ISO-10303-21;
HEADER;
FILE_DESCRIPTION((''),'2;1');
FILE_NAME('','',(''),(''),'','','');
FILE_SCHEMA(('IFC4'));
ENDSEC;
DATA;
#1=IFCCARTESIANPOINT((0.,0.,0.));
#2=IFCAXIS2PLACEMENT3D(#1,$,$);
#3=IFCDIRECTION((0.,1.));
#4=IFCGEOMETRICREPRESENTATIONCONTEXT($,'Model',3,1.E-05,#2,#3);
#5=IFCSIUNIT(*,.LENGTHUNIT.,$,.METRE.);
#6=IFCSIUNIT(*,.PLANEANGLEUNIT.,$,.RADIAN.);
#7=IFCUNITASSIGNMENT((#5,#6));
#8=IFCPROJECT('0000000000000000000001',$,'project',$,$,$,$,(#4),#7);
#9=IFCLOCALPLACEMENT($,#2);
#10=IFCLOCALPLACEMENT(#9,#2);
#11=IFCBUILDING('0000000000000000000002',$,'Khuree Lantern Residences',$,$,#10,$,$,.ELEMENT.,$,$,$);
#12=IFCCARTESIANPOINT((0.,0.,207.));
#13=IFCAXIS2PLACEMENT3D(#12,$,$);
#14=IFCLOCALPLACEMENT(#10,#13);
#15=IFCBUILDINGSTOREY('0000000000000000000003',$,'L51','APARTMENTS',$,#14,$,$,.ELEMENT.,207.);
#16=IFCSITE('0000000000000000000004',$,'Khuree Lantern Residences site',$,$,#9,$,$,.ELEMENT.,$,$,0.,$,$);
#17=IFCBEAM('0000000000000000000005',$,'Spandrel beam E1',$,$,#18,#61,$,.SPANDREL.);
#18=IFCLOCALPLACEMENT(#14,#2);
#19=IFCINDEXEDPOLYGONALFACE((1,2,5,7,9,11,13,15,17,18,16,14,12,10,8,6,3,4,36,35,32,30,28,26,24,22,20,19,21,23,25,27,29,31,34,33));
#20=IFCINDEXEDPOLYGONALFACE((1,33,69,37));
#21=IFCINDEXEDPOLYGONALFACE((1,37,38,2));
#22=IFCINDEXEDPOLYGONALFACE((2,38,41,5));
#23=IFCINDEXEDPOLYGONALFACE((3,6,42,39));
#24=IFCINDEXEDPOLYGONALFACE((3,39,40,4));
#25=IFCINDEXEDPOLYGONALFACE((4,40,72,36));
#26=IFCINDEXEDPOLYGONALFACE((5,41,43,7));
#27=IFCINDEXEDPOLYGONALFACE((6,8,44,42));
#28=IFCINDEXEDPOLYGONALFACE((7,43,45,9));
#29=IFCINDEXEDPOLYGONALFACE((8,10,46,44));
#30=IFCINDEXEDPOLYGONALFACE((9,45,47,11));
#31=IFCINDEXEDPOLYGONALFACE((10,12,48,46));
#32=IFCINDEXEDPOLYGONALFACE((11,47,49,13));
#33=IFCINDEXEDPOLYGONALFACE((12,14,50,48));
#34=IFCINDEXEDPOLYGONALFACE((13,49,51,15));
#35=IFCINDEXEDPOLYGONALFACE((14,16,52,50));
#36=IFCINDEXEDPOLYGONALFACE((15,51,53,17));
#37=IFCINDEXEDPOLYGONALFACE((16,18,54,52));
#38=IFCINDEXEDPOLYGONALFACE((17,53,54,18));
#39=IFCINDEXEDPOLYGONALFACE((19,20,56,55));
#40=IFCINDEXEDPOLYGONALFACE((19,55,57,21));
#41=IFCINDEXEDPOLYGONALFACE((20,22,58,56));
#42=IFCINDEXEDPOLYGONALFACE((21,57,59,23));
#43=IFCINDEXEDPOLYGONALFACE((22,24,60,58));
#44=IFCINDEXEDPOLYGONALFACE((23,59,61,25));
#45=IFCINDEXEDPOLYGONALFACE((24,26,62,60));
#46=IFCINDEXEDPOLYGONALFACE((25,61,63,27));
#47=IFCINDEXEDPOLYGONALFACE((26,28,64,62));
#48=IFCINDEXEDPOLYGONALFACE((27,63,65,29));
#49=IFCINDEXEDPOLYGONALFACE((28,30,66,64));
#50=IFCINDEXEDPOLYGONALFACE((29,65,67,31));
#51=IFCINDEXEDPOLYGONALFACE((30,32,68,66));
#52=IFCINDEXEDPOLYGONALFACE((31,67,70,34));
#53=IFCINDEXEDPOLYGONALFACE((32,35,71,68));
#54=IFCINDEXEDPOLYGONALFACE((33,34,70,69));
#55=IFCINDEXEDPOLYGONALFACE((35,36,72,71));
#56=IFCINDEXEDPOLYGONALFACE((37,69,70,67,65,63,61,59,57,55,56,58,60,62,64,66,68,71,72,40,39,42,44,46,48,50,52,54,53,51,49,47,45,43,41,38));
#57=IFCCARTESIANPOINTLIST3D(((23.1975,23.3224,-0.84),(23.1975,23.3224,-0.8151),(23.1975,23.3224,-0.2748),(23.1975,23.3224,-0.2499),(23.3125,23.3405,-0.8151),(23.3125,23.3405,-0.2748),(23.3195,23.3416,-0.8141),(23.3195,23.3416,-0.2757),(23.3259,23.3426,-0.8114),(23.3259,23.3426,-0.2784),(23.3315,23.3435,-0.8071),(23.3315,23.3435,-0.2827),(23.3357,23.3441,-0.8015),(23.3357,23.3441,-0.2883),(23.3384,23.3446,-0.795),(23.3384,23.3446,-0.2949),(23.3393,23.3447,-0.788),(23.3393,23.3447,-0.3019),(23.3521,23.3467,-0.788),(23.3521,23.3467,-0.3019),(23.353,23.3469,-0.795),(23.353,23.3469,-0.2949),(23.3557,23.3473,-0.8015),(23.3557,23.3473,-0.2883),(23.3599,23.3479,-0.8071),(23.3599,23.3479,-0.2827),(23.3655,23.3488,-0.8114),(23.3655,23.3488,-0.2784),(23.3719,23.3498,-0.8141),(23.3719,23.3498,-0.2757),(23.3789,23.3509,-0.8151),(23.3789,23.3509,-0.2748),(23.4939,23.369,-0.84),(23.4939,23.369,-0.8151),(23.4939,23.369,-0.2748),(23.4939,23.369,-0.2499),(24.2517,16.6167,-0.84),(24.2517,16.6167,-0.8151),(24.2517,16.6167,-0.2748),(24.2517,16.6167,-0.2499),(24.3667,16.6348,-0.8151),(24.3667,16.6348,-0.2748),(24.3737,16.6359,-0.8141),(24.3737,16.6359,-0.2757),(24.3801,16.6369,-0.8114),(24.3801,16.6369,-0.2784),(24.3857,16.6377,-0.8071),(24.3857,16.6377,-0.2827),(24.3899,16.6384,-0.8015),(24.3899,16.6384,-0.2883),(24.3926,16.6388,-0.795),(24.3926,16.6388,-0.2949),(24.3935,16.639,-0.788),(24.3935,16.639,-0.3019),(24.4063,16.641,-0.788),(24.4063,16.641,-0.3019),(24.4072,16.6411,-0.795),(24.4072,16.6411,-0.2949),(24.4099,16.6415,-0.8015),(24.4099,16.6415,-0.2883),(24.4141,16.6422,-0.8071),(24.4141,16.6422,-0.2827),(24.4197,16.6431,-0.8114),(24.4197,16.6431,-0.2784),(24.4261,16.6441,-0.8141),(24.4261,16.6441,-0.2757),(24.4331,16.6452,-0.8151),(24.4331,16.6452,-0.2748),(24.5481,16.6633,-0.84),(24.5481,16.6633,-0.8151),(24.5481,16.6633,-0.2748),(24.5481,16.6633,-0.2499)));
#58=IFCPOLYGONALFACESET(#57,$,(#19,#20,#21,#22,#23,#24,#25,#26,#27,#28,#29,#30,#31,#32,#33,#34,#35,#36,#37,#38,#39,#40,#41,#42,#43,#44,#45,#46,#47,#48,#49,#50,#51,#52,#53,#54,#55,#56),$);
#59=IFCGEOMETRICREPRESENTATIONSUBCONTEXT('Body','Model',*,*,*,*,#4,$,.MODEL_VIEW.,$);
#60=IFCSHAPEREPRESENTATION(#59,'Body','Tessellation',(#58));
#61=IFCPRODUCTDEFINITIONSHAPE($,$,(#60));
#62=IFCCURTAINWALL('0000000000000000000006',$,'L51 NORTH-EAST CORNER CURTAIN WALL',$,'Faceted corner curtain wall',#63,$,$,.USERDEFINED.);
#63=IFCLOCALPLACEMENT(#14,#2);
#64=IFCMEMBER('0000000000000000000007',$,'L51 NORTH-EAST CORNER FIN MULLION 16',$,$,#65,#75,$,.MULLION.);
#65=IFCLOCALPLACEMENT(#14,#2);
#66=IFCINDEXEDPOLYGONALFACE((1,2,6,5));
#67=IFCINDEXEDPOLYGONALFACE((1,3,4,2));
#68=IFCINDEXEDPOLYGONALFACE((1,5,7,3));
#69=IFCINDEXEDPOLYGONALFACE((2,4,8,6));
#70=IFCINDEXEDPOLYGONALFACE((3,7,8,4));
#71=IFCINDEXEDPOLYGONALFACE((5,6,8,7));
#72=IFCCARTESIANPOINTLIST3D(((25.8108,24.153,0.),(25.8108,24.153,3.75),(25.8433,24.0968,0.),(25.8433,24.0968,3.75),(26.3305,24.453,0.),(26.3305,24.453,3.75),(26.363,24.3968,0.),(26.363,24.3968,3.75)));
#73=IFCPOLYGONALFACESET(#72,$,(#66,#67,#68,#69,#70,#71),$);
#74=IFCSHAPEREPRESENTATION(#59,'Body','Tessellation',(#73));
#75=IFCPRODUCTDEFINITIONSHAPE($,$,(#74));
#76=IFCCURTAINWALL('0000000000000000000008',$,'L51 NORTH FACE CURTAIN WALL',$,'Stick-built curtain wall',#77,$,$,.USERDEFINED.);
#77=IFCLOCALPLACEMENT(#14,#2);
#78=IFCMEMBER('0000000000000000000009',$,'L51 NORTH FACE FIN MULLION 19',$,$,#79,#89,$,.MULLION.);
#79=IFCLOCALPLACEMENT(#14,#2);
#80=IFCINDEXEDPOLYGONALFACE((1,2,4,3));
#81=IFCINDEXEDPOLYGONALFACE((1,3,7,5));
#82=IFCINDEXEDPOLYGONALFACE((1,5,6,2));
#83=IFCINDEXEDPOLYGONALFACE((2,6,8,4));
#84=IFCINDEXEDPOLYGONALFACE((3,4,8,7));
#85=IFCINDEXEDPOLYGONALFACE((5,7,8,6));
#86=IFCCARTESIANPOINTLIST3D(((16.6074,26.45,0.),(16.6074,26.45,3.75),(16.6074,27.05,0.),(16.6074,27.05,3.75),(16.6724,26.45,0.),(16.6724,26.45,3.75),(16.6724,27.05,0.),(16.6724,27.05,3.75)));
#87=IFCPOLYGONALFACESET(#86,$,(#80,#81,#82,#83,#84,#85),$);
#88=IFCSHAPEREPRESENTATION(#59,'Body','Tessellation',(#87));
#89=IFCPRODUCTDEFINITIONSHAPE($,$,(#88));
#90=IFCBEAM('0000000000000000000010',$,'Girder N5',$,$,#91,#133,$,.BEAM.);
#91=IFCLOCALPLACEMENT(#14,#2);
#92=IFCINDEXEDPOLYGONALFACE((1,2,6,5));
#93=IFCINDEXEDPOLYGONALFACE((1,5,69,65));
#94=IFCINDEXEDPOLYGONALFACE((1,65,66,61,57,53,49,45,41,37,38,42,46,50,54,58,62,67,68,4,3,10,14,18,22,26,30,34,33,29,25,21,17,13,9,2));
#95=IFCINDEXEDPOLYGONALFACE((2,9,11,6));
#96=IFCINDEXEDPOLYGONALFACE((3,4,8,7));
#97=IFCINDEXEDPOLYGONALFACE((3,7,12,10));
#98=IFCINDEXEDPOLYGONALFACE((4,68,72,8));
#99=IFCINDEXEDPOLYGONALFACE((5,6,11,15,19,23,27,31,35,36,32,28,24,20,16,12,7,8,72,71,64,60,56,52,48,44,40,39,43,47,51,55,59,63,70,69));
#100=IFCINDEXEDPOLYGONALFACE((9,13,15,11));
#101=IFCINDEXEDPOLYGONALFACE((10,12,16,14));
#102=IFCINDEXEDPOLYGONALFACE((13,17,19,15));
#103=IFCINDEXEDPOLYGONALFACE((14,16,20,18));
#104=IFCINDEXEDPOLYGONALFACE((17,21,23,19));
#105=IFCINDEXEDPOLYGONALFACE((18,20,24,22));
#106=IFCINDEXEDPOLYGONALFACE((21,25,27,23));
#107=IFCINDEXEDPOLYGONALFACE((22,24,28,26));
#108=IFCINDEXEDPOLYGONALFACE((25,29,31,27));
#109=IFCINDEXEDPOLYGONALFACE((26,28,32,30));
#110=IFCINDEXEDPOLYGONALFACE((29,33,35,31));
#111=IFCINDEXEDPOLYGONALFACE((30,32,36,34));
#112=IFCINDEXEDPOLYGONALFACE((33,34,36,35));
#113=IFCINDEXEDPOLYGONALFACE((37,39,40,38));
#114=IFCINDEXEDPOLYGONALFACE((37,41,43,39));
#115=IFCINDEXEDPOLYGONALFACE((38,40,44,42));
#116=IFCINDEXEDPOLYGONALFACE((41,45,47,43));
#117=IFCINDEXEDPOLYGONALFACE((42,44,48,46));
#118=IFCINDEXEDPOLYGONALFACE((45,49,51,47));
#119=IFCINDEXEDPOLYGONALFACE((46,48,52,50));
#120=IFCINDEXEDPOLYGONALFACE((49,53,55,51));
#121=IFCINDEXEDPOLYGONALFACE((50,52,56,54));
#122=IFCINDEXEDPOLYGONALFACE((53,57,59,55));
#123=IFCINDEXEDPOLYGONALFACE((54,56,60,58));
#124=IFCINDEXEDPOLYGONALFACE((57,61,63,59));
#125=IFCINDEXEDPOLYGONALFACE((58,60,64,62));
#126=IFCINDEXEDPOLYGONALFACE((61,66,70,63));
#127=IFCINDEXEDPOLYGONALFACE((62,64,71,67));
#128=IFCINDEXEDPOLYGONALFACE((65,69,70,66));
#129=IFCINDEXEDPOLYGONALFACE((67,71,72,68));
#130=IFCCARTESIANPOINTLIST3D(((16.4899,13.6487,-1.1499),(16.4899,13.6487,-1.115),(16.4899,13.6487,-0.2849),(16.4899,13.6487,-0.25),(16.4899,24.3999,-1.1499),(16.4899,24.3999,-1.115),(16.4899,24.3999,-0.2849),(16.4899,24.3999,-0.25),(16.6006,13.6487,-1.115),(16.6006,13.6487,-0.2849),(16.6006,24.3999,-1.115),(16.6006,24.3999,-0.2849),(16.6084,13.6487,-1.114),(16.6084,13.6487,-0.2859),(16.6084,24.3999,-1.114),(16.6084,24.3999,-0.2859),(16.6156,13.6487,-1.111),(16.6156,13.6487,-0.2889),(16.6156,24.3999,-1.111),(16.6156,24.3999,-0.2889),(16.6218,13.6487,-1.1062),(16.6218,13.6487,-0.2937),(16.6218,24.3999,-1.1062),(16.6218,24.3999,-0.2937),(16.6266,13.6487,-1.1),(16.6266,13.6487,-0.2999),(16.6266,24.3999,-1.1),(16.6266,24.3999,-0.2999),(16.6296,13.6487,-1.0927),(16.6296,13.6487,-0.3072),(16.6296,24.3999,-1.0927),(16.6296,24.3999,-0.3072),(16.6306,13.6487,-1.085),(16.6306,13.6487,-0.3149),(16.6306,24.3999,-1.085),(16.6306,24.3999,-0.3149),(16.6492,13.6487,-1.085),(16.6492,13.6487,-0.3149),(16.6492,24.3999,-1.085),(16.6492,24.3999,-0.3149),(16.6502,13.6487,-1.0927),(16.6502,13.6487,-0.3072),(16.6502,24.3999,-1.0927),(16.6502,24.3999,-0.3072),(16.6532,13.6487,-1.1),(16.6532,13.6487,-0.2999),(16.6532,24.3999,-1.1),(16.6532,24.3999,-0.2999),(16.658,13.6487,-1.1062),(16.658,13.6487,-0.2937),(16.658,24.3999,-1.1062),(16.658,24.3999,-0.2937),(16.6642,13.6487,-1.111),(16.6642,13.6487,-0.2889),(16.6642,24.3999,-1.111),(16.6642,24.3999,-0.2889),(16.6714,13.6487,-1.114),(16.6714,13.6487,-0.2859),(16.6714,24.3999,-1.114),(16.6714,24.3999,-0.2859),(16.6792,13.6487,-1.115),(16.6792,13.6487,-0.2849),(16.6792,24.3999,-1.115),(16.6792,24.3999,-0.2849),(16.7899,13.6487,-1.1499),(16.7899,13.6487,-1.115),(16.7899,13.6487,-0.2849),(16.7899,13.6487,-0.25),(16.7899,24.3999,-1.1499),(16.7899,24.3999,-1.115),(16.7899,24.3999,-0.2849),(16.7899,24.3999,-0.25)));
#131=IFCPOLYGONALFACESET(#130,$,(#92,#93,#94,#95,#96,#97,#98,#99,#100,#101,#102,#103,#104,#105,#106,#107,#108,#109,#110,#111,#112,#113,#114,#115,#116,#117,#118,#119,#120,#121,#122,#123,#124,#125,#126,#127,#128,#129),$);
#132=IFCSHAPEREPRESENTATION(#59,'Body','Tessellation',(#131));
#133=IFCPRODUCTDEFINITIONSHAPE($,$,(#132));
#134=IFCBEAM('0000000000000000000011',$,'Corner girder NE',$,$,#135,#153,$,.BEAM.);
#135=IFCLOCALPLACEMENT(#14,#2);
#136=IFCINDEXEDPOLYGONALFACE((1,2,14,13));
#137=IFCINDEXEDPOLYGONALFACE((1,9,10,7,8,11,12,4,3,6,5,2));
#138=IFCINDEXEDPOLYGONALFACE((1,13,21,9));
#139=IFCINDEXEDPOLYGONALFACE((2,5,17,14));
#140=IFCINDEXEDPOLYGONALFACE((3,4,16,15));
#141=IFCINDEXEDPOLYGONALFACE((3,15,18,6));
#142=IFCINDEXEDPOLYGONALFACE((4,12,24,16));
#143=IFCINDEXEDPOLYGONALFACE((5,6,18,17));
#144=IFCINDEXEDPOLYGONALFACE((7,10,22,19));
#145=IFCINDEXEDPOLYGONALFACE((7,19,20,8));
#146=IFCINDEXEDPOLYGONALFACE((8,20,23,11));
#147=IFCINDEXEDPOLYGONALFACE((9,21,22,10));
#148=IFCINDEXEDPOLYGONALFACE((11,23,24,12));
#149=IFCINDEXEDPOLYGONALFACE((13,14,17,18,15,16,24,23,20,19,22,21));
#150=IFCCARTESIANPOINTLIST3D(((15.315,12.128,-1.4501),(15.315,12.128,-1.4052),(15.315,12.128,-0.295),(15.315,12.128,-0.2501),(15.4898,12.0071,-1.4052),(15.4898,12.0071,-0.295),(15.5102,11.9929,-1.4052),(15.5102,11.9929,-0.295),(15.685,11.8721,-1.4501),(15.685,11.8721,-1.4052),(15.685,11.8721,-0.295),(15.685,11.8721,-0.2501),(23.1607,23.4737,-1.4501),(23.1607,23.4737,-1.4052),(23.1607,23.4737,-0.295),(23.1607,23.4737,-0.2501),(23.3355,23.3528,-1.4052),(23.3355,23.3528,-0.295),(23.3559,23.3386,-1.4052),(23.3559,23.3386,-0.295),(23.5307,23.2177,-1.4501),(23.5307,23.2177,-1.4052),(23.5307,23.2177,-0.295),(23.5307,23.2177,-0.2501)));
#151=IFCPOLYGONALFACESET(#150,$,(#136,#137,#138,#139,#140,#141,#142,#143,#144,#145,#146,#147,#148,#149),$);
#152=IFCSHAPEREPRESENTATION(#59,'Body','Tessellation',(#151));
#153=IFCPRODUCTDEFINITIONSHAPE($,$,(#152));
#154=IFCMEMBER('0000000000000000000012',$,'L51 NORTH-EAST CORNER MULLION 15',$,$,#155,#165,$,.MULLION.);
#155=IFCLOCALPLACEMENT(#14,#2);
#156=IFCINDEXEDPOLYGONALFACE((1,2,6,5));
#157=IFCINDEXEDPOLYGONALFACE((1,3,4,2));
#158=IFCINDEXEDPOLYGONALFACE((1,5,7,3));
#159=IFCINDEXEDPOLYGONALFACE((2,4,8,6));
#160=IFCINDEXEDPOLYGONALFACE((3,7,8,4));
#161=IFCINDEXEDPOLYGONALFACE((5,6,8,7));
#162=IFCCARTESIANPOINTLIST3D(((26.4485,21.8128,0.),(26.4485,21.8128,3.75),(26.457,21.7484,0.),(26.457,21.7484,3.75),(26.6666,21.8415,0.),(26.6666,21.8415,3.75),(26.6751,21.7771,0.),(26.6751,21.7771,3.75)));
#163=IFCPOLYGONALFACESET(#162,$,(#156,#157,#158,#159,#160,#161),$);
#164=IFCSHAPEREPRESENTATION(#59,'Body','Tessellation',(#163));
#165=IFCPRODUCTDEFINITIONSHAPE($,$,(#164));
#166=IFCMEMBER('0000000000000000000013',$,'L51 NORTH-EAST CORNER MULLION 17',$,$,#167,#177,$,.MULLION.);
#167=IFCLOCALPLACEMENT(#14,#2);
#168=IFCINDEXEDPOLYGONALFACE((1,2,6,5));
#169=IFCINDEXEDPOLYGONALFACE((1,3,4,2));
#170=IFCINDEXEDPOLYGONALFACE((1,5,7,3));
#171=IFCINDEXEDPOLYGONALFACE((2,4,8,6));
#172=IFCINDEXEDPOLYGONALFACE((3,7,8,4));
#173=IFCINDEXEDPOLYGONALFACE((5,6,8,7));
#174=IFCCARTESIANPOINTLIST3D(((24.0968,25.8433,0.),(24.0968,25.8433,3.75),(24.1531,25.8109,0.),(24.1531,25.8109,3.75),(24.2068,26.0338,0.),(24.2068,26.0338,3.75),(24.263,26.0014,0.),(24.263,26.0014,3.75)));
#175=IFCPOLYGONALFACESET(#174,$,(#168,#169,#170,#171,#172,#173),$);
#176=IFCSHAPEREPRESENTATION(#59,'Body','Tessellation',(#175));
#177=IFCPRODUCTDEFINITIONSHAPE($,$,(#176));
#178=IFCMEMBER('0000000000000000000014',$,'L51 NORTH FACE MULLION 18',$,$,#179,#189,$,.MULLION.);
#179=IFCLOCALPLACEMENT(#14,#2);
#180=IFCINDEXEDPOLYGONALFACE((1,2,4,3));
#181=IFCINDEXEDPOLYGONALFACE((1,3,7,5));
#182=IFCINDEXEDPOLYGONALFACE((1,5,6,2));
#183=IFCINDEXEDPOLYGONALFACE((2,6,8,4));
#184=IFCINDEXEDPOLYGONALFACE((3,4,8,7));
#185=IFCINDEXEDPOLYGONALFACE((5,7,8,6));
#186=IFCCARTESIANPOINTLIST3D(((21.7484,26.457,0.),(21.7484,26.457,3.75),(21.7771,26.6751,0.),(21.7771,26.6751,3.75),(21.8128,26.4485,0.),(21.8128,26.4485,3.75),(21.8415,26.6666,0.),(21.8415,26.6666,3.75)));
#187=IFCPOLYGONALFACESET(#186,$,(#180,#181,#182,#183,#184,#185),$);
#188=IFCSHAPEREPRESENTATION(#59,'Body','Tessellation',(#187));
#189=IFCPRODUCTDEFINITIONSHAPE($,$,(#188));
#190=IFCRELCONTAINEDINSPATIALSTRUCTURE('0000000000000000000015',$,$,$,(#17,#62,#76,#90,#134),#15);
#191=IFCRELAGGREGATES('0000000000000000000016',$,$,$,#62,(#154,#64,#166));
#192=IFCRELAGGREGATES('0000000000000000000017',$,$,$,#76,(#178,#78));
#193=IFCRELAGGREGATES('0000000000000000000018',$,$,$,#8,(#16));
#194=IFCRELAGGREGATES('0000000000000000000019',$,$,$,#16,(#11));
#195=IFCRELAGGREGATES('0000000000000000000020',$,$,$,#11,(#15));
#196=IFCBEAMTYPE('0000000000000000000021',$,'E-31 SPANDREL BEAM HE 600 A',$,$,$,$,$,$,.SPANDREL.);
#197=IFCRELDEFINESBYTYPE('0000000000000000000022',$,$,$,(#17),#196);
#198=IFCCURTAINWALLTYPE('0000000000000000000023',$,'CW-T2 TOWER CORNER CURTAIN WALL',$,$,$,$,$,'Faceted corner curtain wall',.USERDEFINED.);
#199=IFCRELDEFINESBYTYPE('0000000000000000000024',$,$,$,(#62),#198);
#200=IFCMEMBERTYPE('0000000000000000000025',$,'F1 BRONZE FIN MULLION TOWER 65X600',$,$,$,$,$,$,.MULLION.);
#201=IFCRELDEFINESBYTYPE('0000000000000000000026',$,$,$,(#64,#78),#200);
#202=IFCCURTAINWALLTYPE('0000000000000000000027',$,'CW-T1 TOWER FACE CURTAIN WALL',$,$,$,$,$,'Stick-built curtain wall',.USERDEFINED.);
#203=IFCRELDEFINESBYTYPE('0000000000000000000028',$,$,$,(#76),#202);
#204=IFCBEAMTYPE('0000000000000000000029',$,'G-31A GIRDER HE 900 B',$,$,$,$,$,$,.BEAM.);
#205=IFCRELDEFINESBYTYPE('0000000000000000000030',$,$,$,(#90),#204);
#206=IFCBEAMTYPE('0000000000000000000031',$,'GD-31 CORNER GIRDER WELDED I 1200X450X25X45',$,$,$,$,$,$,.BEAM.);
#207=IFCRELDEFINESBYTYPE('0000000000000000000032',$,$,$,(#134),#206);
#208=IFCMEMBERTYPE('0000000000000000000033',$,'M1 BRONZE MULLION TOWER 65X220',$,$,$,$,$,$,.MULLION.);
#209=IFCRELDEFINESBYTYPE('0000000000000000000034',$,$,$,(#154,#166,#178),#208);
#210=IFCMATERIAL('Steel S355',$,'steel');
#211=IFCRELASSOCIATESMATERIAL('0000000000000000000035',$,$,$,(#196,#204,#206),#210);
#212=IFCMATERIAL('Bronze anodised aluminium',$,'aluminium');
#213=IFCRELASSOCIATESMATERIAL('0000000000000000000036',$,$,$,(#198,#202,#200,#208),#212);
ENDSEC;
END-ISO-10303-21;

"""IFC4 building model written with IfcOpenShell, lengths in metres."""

from ifc_helpers import new_model, si_unit, direction, frame, origin, origin_2d, place, context, subcontext, project, spatial, rectangle, i_section, extrude, material, material_profile, profile_set, type_object, element, aggregate, save


model = new_model("IFC4")

# Units and contexts
model_context = context("Model", 3, precision=1e-05, world=origin(), true_north=direction((0.0, 1.0)))
body_context = subcontext(model_context, "Body", "Model", "MODEL_VIEW")
ifc_project = project(units=[si_unit("LENGTHUNIT", "METRE"), si_unit("PLANEANGLEUNIT", "RADIAN")], contexts=[model_context])

# Site, building, storey
site_placement = place(None, origin())
site = spatial("IfcSite", under=ifc_project, at=site_placement, Name="Khuree Lantern Residences site", CompositionType="ELEMENT", RefElevation=0.0)
building_placement = place(site_placement, origin())
building = spatial("IfcBuilding", under=site, at=building_placement, Name="Khuree Lantern Residences", CompositionType="ELEMENT")
storey_placement = place(building_placement, frame((0.0, 0.0, 207.0)))
storey = spatial("IfcBuildingStorey", under=building, at=storey_placement, Name="L51", Description="APARTMENTS", CompositionType="ELEMENT", Elevation=207.0)

# Beam
ifc_material_1 = material(Name="Steel S355", Category="steel")
ifc_material_profile_1 = material_profile(ifc_material_1, i_section(OverallWidth=0.3, OverallDepth=0.5901, WebThickness=0.0129, FlangeThickness=0.0249, FilletRadius=0.0271, at=origin_2d()), Name="HE 600 A")
ifc_profile_set_1 = profile_set([ifc_material_profile_1], Name="Steel S355")
beam_type_1 = type_object("IfcBeamType", Name="E-31 SPANDREL BEAM HE 600 A", PredefinedType="SPANDREL", material=ifc_profile_set_1)
for number, where, z_axis, x_axis, name in (
    (1, (23.3457, 23.3457, -0.5449), (0.1553, -0.987867, 0.0), (0.987867, 0.1553, 0.0), "Spandrel beam E1"),
):
    element("IfcBeam", number, at=place(storey_placement, frame(where, z_axis=z_axis, x_axis=x_axis)), inside=storey, type_object=beam_type_1, Name=name, PredefinedType="SPANDREL", context=body_context, shape_type="SweptSolid", body=[
        extrude(i_section(OverallWidth=0.3, OverallDepth=0.5901, WebThickness=0.0129, FlangeThickness=0.0249, FilletRadius=0.0271, at=origin_2d()), origin(), (0.0, 0.0, 1.0), 6.7881),
    ])

# Curtain walls, members
ifc_material_2 = material(Name="Bronze anodised aluminium", Category="aluminium")
curtain_wall_type_1 = type_object("IfcCurtainWallType", Name="CW-T2 TOWER CORNER CURTAIN WALL", ElementType="Faceted corner curtain wall", PredefinedType="USERDEFINED", material=ifc_material_2)
curtain_wall_1_placement = place(storey_placement, origin())
curtain_wall_1 = element("IfcCurtainWall", 2, at=curtain_wall_1_placement, inside=storey, type_object=curtain_wall_type_1, Name="L51 NORTH-EAST CORNER CURTAIN WALL", ObjectType="Faceted corner curtain wall", PredefinedType="USERDEFINED")
ifc_material_profile_2 = material_profile(ifc_material_2, rectangle(XDim=0.0649, YDim=0.6001, at=origin_2d()), Name="F1 65X600")
ifc_profile_set_2 = profile_set([ifc_material_profile_2], Name="Bronze anodised aluminium")
member_type_1 = type_object("IfcMemberType", Name="F1 BRONZE FIN MULLION TOWER 65X600", PredefinedType="MULLION", material=ifc_profile_set_2)
member_1_placement = place(storey_placement, frame((26.0869, 24.2749, 0.0), z_axis=(0.0, 0.0, 1.0), x_axis=(-0.5, 0.866025, 0.0)))
member_1 = element("IfcMember", 3, at=member_1_placement, type_object=member_type_1, Name="L51 NORTH-EAST CORNER FIN MULLION 16", PredefinedType="MULLION", context=body_context, shape_type="SweptSolid", body=[
    extrude(rectangle(XDim=0.0649, YDim=0.6001, at=origin_2d()), origin(), (0.0, 0.0, 1.0), 3.75),
])
curtain_wall_type_2 = type_object("IfcCurtainWallType", Name="CW-T1 TOWER FACE CURTAIN WALL", ElementType="Stick-built curtain wall", PredefinedType="USERDEFINED", material=ifc_material_2)
curtain_wall_2_placement = place(storey_placement, origin())
curtain_wall_2 = element("IfcCurtainWall", 4, at=curtain_wall_2_placement, inside=storey, type_object=curtain_wall_type_2, Name="L51 NORTH FACE CURTAIN WALL", ObjectType="Stick-built curtain wall", PredefinedType="USERDEFINED")
member_2_placement = place(storey_placement, frame((16.6399, 26.75, 0.0), z_axis=(0.0, 0.0, 1.0), x_axis=(-1.0, 0.0, 0.0)))
member_2 = element("IfcMember", 5, at=member_2_placement, type_object=member_type_1, Name="L51 NORTH FACE FIN MULLION 19", PredefinedType="MULLION", context=body_context, shape_type="SweptSolid", body=[
    extrude(rectangle(XDim=0.0649, YDim=0.6001, at=origin_2d()), origin(), (0.0, 0.0, 1.0), 3.75),
])

# Beams
ifc_material_profile_3 = material_profile(ifc_material_1, i_section(OverallWidth=0.3, OverallDepth=0.8999, WebThickness=0.0186, FlangeThickness=0.0349, FilletRadius=0.03, at=origin_2d()), Name="HE 900 B")
ifc_profile_set_3 = profile_set([ifc_material_profile_3], Name="Steel S355")
beam_type_2 = type_object("IfcBeamType", Name="G-31A GIRDER HE 900 B", PredefinedType="BEAM", material=ifc_profile_set_3)
beam_1_placement = place(storey_placement, frame((16.6399, 24.3999, -0.7), z_axis=(0.0, -1.0, 0.0), x_axis=(1.0, 0.0, 0.0)))
element("IfcBeam", 6, at=beam_1_placement, inside=storey, type_object=beam_type_2, Name="Girder N5", PredefinedType="BEAM", context=body_context, shape_type="SweptSolid", body=[
    extrude(i_section(OverallWidth=0.3, OverallDepth=0.8999, WebThickness=0.0186, FlangeThickness=0.0349, FilletRadius=0.03, at=origin_2d()), origin(), (0.0, 0.0, 1.0), 10.7512),
])
ifc_material_profile_4 = material_profile(ifc_material_1, i_section(OverallWidth=0.45, OverallDepth=1.2, WebThickness=0.0249, FlangeThickness=0.0449, at=origin_2d()), Name="WELDED I 1200X450X25X45")
ifc_profile_set_4 = profile_set([ifc_material_profile_4], Name="Steel S355")
beam_type_3 = type_object("IfcBeamType", Name="GD-31 CORNER GIRDER WELDED I 1200X450X25X45", PredefinedType="BEAM", material=ifc_profile_set_4)
beam_2_placement = place(storey_placement, frame((23.3457, 23.3457, -0.8501), z_axis=(-0.568768, -0.822498, 0.0), x_axis=(0.822498, -0.568768, 0.0)))
element("IfcBeam", 7, at=beam_2_placement, inside=storey, type_object=beam_type_3, Name="Corner girder NE", PredefinedType="BEAM", context=body_context, shape_type="SweptSolid", body=[
    extrude(i_section(OverallWidth=0.45, OverallDepth=1.2, WebThickness=0.0249, FlangeThickness=0.0449, at=origin_2d()), origin(), (0.0, 0.0, 1.0), 13.7942),
])

# Members
ifc_material_profile_5 = material_profile(ifc_material_2, rectangle(XDim=0.0649, YDim=0.22, at=origin_2d()), Name="M1 65X220")
ifc_profile_set_5 = profile_set([ifc_material_profile_5], Name="Bronze anodised aluminium")
member_type_2 = type_object("IfcMemberType", Name="M1 BRONZE MULLION TOWER 65X220", PredefinedType="MULLION", material=ifc_profile_set_5)
member_3_placement = place(storey_placement, frame((26.5618, 21.7949, 0.0), z_axis=(0.0, 0.0, 1.0), x_axis=(-0.130526, 0.991445, 0.0)))
member_3 = element("IfcMember", 8, at=member_3_placement, type_object=member_type_2, Name="L51 NORTH-EAST CORNER MULLION 15", PredefinedType="MULLION", context=body_context, shape_type="SweptSolid", body=[
    extrude(rectangle(XDim=0.0649, YDim=0.22, at=origin_2d()), origin(), (0.0, 0.0, 1.0), 3.75),
])
member_4_placement = place(storey_placement, frame((24.1799, 25.9224, 0.0), z_axis=(0.0, 0.0, 1.0), x_axis=(-0.866025, 0.5, 0.0)))
member_4 = element("IfcMember", 9, at=member_4_placement, type_object=member_type_2, Name="L51 NORTH-EAST CORNER MULLION 17", PredefinedType="MULLION", context=body_context, shape_type="SweptSolid", body=[
    extrude(rectangle(XDim=0.0649, YDim=0.22, at=origin_2d()), origin(), (0.0, 0.0, 1.0), 3.75),
])
member_5_placement = place(storey_placement, frame((21.7949, 26.5618, 0.0), z_axis=(0.0, 0.0, 1.0), x_axis=(-0.991445, 0.130526, 0.0)))
member_5 = element("IfcMember", 10, at=member_5_placement, type_object=member_type_2, Name="L51 NORTH FACE MULLION 18", PredefinedType="MULLION", context=body_context, shape_type="SweptSolid", body=[
    extrude(rectangle(XDim=0.0649, YDim=0.22, at=origin_2d()), origin(), (0.0, 0.0, 1.0), 3.75),
])

aggregate(curtain_wall_1, [member_3, member_1, member_4])
aggregate(curtain_wall_2, [member_5, member_2])

save(model, "model.ifc")
